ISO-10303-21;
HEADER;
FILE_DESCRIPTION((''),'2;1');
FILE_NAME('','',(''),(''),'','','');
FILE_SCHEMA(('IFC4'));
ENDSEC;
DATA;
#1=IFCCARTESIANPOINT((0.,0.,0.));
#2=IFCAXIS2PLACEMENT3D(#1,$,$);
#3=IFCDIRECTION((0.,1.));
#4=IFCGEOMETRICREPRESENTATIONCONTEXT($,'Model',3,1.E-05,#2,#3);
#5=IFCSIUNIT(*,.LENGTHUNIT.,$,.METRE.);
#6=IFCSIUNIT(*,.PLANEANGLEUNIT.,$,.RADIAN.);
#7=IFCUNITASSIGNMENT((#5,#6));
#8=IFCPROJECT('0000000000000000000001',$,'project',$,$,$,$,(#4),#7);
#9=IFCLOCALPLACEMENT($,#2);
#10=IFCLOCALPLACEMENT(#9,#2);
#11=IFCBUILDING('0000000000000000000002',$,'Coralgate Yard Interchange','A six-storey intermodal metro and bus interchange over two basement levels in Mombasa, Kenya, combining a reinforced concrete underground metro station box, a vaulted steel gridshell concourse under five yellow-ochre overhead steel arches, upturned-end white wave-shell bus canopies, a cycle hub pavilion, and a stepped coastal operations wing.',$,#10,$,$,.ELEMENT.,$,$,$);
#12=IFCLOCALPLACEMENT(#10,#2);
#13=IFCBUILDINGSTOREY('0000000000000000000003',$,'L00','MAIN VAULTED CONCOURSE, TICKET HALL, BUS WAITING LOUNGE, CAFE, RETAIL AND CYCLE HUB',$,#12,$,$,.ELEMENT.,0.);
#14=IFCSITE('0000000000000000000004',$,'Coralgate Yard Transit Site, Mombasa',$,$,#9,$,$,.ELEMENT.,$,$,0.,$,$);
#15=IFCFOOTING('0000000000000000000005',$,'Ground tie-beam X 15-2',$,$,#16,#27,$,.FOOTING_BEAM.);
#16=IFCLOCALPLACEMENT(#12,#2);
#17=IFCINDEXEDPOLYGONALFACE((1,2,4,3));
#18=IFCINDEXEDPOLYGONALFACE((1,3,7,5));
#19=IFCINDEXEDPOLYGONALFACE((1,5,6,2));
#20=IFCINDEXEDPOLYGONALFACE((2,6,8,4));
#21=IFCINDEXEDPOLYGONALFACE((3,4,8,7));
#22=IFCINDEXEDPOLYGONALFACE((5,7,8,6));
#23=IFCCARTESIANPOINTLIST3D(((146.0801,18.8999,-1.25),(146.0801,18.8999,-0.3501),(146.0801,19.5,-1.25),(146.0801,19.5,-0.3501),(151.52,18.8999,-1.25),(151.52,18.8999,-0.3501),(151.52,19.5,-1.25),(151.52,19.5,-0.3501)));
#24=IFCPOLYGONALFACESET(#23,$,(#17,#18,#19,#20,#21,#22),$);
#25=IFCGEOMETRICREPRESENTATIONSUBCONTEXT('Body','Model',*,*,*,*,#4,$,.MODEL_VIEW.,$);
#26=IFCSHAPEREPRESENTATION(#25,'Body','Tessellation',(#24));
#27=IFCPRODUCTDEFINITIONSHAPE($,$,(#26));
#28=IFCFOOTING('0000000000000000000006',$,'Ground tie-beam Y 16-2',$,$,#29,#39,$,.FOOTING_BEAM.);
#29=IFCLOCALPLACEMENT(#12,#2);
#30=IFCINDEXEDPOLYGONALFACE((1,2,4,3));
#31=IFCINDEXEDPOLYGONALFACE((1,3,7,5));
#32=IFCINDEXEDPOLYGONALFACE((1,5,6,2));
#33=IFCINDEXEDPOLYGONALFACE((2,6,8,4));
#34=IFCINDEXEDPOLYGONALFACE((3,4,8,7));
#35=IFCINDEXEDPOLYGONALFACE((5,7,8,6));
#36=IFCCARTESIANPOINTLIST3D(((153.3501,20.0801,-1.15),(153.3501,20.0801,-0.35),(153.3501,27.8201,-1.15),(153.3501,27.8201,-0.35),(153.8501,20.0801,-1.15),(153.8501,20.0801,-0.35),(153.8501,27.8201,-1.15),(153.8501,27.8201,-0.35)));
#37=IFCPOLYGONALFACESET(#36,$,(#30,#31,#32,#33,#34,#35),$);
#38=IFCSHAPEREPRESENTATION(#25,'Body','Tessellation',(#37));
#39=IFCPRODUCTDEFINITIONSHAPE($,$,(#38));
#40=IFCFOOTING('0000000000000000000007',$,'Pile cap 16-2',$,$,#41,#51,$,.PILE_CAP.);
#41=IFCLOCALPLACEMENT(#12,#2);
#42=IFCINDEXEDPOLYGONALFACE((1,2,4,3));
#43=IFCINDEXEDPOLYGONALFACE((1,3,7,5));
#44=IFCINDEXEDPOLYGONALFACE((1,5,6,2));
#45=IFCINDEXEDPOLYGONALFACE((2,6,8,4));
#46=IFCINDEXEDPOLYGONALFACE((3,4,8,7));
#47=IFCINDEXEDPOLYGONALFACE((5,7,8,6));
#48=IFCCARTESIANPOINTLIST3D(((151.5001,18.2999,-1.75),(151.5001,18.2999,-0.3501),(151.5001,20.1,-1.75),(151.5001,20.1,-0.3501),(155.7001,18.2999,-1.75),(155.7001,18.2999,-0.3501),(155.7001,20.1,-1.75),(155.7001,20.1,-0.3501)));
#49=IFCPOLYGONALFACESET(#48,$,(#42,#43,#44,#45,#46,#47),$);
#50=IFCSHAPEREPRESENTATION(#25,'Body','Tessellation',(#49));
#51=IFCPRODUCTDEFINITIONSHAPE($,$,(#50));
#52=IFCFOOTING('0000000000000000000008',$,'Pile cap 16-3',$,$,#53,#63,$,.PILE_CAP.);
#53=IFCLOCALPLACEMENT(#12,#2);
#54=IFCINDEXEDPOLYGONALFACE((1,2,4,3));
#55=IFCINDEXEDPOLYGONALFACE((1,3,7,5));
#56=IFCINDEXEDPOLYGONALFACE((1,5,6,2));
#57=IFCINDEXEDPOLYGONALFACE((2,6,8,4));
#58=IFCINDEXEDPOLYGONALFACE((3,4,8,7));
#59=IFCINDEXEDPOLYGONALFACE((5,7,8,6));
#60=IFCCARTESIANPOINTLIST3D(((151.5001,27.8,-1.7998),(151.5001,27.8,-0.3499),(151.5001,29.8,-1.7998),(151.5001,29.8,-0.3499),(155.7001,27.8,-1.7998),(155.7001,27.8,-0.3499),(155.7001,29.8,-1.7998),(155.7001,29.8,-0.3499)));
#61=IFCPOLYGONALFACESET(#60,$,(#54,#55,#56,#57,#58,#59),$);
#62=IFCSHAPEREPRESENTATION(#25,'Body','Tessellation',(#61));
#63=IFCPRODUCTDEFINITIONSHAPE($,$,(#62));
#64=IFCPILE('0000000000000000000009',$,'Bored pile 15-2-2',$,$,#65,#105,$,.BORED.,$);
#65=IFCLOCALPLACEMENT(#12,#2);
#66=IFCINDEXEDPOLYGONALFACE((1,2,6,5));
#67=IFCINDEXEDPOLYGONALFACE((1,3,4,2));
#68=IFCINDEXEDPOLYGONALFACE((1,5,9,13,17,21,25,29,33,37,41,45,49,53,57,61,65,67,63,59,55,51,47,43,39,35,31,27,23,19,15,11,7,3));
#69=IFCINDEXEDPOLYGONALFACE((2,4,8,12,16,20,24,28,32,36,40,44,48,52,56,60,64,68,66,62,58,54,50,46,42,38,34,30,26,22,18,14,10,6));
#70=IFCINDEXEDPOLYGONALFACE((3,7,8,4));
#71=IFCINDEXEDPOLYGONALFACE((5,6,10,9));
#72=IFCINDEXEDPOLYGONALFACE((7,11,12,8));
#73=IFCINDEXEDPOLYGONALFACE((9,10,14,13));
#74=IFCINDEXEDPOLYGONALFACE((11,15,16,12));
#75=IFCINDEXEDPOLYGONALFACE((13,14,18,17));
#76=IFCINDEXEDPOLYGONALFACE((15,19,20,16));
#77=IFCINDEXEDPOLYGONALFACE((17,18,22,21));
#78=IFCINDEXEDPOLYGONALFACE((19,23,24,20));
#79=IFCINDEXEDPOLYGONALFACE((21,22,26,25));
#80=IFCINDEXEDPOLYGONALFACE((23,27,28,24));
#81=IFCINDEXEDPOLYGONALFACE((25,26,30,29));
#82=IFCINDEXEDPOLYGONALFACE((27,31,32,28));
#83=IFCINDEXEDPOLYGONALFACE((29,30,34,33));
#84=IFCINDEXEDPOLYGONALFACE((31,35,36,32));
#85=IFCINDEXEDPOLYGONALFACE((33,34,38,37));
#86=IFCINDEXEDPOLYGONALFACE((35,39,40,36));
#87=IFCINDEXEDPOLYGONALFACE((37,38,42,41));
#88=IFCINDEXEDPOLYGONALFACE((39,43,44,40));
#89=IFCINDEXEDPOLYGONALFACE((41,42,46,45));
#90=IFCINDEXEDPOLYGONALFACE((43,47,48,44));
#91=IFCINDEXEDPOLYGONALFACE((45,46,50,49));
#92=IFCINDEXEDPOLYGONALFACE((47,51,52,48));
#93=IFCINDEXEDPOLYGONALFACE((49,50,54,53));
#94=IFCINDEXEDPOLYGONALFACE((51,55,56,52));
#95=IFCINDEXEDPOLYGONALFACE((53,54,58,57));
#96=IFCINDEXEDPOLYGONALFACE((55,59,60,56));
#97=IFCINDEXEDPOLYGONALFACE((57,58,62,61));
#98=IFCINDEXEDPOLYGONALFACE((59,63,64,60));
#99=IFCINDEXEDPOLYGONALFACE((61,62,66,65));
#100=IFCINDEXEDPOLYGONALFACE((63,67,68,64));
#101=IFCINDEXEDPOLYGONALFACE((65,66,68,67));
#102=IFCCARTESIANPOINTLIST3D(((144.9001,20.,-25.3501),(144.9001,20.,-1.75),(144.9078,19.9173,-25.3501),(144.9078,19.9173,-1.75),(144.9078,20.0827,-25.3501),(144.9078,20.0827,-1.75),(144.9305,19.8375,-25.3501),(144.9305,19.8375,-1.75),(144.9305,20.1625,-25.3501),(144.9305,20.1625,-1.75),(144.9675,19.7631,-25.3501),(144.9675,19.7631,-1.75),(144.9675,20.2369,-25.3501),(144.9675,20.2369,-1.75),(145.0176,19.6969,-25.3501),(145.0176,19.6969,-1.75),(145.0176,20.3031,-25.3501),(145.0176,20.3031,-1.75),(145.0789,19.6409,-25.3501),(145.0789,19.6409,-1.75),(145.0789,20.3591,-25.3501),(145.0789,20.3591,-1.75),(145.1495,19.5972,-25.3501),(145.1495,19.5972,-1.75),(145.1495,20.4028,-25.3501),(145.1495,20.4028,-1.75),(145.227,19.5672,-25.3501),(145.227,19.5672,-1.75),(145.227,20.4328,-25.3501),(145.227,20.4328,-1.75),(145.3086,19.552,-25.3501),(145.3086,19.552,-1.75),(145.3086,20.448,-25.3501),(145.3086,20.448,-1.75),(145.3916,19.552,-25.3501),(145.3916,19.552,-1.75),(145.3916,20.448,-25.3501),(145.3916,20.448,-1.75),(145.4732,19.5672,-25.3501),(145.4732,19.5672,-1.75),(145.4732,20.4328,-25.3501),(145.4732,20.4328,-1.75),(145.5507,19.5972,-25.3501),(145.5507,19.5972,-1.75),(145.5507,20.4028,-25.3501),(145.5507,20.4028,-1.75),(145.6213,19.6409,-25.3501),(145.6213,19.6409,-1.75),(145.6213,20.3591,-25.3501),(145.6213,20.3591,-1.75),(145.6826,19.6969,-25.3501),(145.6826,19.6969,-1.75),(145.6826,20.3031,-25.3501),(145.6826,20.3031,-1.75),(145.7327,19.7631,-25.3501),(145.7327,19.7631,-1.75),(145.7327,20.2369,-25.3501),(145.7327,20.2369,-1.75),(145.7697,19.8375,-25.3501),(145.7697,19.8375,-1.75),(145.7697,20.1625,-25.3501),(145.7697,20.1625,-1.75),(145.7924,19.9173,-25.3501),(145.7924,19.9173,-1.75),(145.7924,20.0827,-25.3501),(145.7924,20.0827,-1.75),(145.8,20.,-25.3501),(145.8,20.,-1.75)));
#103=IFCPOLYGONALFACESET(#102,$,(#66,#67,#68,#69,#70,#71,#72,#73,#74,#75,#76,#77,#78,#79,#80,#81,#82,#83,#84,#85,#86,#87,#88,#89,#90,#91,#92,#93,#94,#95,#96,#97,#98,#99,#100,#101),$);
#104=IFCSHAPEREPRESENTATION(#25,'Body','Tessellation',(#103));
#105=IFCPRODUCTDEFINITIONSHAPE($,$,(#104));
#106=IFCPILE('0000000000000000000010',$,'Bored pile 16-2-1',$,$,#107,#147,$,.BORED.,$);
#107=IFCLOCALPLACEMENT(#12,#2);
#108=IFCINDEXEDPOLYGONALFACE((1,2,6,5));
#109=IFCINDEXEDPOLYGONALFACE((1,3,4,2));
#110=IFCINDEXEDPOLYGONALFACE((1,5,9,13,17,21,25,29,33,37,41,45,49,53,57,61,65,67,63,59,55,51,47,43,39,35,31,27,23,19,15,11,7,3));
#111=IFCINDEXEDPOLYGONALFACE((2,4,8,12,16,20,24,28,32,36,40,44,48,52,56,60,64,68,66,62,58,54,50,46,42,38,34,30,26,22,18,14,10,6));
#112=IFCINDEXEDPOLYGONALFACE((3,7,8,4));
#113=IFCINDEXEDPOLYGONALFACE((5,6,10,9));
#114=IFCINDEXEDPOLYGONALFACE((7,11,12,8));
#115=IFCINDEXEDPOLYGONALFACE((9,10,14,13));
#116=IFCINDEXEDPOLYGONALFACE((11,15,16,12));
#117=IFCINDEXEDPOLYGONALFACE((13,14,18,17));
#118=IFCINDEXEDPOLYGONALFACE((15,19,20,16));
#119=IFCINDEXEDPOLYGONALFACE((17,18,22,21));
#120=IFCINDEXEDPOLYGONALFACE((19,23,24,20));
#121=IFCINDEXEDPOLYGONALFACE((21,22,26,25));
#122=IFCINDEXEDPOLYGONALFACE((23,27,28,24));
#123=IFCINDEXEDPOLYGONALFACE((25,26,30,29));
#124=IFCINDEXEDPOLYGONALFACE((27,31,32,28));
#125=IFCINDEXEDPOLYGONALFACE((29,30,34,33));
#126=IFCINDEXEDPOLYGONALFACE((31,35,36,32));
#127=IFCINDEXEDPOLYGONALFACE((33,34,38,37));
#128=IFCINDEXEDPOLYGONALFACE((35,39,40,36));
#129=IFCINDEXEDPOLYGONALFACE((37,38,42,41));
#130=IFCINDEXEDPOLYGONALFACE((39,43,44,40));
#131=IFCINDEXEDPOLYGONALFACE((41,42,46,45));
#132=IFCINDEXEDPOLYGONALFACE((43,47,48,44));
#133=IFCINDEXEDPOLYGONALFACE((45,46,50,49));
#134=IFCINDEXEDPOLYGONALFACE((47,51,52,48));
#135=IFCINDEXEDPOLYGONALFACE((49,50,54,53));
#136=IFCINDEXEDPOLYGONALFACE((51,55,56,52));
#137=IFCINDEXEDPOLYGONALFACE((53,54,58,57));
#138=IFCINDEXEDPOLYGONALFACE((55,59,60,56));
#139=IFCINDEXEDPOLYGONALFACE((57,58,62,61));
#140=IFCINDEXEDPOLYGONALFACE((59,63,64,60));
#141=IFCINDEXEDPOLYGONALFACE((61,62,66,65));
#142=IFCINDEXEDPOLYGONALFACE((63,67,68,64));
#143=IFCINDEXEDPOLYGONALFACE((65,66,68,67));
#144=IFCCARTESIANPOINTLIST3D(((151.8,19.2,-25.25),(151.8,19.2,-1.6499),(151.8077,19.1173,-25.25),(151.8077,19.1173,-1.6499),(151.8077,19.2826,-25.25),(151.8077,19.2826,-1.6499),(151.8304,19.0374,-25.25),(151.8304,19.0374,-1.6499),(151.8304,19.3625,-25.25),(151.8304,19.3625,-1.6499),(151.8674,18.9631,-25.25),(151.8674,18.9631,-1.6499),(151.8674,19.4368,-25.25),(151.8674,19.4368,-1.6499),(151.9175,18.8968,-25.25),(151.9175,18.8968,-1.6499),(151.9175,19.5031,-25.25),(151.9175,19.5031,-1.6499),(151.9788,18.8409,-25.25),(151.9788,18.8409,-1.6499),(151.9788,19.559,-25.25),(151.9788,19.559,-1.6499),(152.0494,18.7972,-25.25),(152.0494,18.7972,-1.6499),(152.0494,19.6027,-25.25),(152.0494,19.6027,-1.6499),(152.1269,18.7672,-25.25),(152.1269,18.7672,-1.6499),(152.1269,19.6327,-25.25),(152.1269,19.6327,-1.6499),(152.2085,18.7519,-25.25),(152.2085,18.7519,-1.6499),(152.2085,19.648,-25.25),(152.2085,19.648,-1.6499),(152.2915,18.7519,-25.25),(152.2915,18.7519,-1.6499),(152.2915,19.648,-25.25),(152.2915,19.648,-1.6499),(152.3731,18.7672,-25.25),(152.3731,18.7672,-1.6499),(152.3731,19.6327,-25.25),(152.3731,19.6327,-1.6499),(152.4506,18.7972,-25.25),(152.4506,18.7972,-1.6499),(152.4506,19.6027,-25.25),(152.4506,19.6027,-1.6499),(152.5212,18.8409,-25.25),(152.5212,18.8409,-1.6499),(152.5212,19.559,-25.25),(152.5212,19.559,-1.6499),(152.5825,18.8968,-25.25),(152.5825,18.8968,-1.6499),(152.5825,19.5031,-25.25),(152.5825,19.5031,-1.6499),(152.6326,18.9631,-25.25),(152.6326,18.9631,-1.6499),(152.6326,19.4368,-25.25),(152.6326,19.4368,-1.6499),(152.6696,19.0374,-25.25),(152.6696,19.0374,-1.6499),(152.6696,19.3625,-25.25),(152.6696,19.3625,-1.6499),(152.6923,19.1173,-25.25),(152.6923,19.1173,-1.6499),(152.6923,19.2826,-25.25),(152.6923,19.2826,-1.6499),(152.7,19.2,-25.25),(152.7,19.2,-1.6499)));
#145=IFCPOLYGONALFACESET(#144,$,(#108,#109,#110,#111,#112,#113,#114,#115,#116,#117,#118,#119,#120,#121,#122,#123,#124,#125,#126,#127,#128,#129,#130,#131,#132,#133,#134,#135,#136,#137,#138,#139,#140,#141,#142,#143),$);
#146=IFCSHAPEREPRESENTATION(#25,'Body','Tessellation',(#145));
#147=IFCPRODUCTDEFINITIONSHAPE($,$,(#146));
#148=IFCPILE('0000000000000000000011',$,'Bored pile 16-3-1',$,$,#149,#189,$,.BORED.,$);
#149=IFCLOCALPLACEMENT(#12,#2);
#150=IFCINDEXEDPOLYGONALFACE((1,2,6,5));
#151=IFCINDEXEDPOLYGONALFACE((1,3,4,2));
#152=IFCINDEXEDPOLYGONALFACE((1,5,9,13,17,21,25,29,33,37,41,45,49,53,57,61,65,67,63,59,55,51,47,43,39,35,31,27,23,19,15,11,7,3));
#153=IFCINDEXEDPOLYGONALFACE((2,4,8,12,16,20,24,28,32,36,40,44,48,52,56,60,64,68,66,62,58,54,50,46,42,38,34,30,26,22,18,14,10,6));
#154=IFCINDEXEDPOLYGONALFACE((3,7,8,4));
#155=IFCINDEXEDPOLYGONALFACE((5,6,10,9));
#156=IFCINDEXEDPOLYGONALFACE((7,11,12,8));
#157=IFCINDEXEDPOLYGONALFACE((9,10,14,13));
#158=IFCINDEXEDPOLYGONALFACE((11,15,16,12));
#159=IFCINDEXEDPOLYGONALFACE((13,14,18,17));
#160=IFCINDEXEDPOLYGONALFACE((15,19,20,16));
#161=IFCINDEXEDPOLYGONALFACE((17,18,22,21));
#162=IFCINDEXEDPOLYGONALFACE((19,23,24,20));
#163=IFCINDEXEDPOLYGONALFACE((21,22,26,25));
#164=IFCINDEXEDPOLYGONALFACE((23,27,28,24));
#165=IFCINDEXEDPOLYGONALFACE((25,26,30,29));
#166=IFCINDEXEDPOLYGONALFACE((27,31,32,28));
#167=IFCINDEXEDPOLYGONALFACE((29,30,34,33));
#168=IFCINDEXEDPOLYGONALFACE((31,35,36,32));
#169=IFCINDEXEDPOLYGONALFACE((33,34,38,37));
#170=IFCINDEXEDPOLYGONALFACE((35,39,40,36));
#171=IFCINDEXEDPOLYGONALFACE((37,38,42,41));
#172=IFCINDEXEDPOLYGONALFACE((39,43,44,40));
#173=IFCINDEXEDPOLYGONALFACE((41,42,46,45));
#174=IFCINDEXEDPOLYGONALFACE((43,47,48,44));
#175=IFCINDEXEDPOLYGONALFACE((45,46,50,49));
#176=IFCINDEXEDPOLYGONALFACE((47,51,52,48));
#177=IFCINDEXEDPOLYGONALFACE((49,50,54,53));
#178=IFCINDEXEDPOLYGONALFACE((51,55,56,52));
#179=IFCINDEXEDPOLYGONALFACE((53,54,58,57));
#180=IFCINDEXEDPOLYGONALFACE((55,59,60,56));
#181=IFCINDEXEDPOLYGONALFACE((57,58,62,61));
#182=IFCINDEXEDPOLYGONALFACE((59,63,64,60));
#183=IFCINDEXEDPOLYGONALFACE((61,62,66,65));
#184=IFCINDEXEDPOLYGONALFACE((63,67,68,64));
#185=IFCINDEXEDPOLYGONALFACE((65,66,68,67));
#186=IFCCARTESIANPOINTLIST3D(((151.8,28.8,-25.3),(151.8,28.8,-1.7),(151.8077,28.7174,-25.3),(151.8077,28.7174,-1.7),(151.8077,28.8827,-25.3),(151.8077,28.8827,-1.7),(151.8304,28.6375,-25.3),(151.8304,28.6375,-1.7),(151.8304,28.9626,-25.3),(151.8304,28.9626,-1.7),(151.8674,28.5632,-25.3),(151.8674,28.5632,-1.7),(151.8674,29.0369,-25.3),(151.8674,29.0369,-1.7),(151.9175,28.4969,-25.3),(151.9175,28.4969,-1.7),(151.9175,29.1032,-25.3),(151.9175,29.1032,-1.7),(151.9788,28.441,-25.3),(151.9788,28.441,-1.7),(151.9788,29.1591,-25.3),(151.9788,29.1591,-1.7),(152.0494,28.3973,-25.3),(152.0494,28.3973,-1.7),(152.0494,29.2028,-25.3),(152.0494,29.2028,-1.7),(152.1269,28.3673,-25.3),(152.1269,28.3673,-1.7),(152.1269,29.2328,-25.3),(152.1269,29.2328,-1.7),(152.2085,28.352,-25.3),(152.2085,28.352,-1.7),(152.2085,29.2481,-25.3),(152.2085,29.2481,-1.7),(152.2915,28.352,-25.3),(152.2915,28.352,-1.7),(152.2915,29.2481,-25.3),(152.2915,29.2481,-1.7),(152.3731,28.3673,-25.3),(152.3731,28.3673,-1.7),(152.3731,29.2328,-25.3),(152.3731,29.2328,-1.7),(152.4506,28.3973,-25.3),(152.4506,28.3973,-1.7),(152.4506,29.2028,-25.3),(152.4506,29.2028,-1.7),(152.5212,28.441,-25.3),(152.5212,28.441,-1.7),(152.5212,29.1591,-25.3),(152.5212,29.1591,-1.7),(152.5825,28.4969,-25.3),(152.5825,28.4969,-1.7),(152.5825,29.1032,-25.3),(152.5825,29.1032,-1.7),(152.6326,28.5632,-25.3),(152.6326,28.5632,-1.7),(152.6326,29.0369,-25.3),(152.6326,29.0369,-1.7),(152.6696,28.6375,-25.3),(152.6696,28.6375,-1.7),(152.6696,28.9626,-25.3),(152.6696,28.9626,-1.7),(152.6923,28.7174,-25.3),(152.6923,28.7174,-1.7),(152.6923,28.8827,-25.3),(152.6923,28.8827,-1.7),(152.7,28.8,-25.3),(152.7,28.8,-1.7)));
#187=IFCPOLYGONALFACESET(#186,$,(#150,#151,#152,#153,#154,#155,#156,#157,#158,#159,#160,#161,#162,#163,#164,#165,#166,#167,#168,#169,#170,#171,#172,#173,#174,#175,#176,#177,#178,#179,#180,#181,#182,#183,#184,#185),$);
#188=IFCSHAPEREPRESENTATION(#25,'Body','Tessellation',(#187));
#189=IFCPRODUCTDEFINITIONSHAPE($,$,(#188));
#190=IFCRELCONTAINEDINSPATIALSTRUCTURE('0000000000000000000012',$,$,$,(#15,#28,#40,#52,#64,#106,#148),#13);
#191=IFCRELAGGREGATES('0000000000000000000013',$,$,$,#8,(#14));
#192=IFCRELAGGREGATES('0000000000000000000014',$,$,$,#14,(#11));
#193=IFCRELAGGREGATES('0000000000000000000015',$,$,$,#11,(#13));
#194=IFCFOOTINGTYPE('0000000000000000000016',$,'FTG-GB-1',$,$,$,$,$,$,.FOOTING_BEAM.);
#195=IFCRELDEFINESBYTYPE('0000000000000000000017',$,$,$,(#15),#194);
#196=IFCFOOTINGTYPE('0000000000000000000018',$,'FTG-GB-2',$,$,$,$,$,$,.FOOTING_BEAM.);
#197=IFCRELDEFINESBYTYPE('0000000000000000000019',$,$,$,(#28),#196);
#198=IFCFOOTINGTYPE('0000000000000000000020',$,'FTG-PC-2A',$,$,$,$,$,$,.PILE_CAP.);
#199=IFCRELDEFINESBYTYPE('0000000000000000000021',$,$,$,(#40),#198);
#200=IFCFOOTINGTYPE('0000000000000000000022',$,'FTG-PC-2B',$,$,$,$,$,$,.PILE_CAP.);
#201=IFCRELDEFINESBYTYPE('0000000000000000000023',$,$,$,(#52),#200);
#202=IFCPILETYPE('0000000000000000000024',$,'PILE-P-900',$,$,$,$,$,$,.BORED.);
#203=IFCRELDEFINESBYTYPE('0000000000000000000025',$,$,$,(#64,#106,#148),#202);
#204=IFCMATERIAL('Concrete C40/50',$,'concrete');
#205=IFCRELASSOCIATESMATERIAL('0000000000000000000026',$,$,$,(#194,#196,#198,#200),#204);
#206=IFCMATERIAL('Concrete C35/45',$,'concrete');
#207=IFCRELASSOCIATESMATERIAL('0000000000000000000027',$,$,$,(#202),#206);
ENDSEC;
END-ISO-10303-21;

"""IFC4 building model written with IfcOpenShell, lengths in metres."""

from ifc_helpers import new_model, si_unit, direction, frame, origin, origin_2d, place, context, subcontext, project, spatial, rectangle, circle, extrude, material, material_profile, profile_set, type_object, element, save


model = new_model("IFC4")

# Units and contexts
model_context = context("Model", 3, precision=1e-05, world=origin(), true_north=direction((0.0, 1.0)))
body_context = subcontext(model_context, "Body", "Model", "MODEL_VIEW")
ifc_project = project(units=[si_unit("LENGTHUNIT", "METRE"), si_unit("PLANEANGLEUNIT", "RADIAN")], contexts=[model_context])

# Site, building, storey
site_placement = place(None, origin())
site = spatial("IfcSite", under=ifc_project, at=site_placement, Name="Coralgate Yard Transit Site, Mombasa", CompositionType="ELEMENT", RefElevation=0.0)
building_placement = place(site_placement, origin())
building = spatial("IfcBuilding", under=site, at=building_placement, Name="Coralgate Yard Interchange", Description="A six-storey intermodal metro and bus interchange over two basement levels in Mombasa, Kenya, combining a reinforced concrete underground metro station box, a vaulted steel gridshell concourse under five yellow-ochre overhead steel arches, upturned-end white wave-shell bus canopies, a cycle hub pavilion, and a stepped coastal operations wing.", CompositionType="ELEMENT")
storey_placement = place(building_placement, origin())
storey = spatial("IfcBuildingStorey", under=building, at=storey_placement, Name="L00", Description="MAIN VAULTED CONCOURSE, TICKET HALL, BUS WAITING LOUNGE, CAFE, RETAIL AND CYCLE HUB", CompositionType="ELEMENT", Elevation=0.0)

# Footings
ifc_material_1 = material(Name="Concrete C40/50", Category="concrete")
ifc_material_profile_1 = material_profile(ifc_material_1, rectangle(XDim=0.6001, YDim=0.8999, at=origin_2d()), Name="RC 600x900")
ifc_profile_set_1 = profile_set([ifc_material_profile_1], Name="Concrete C40/50")
footing_type_1 = type_object("IfcFootingType", Name="FTG-GB-1", PredefinedType="FOOTING_BEAM", material=ifc_profile_set_1)
footing_1_placement = place(storey_placement, frame((146.0801, 19.2, -0.8), z_axis=(1.0, 0.0, 0.0), x_axis=(0.0, 1.0, 0.0)))
element("IfcFooting", 1, at=footing_1_placement, inside=storey, type_object=footing_type_1, Name="Ground tie-beam X 15-2", PredefinedType="FOOTING_BEAM", context=body_context, shape_type="SweptSolid", body=[
    extrude(rectangle(XDim=0.6001, YDim=0.8999, at=origin_2d()), origin(), (0.0, 0.0, 1.0), 5.4399),
])
ifc_material_profile_2 = material_profile(ifc_material_1, rectangle(XDim=0.5, YDim=0.8, at=origin_2d()), Name="RC 500x800")
ifc_profile_set_2 = profile_set([ifc_material_profile_2], Name="Concrete C40/50")
footing_type_2 = type_object("IfcFootingType", Name="FTG-GB-2", PredefinedType="FOOTING_BEAM", material=ifc_profile_set_2)
footing_2_placement = place(storey_placement, frame((153.6001, 20.0801, -0.75), z_axis=(0.0, 1.0, 0.0), x_axis=(-1.0, 0.0, 0.0)))
element("IfcFooting", 2, at=footing_2_placement, inside=storey, type_object=footing_type_2, Name="Ground tie-beam Y 16-2", PredefinedType="FOOTING_BEAM", context=body_context, shape_type="SweptSolid", body=[
    extrude(rectangle(XDim=0.5, YDim=0.8, at=origin_2d()), origin(), (0.0, 0.0, 1.0), 7.74),
])
footing_type_3 = type_object("IfcFootingType", Name="FTG-PC-2A", PredefinedType="PILE_CAP", material=ifc_material_1)
footing_3_placement = place(storey_placement, frame((153.6001, 19.2, -1.75), z_axis=(0.0, 0.0, 1.0), x_axis=(1.0, 0.0, 0.0)))
element("IfcFooting", 3, at=footing_3_placement, inside=storey, type_object=footing_type_3, Name="Pile cap 16-2", PredefinedType="PILE_CAP", context=body_context, shape_type="SweptSolid", body=[
    extrude(rectangle(XDim=4.2, YDim=1.8, at=origin_2d()), origin(), (0.0, 0.0, 1.0), 1.3999),
])
footing_type_4 = type_object("IfcFootingType", Name="FTG-PC-2B", PredefinedType="PILE_CAP", material=ifc_material_1)
footing_4_placement = place(storey_placement, frame((153.6001, 28.8, -1.7998), z_axis=(0.0, 0.0, 1.0), x_axis=(1.0, 0.0, 0.0)))
element("IfcFooting", 4, at=footing_4_placement, inside=storey, type_object=footing_type_4, Name="Pile cap 16-3", PredefinedType="PILE_CAP", context=body_context, shape_type="SweptSolid", body=[
    extrude(rectangle(XDim=4.2, YDim=2.0, at=origin_2d()), origin(), (0.0, 0.0, 1.0), 1.45),
])

# Piles
ifc_material_2 = material(Name="Concrete C35/45", Category="concrete")
ifc_material_profile_3 = material_profile(ifc_material_2, circle(Radius=0.45, at=origin_2d()), Name="BORED PILE D900")
ifc_profile_set_3 = profile_set([ifc_material_profile_3], Name="Concrete C35/45")
pile_type = type_object("IfcPileType", Name="PILE-P-900", PredefinedType="BORED", material=ifc_profile_set_3)
for number, where, z_axis, x_axis, name in (
    (5, (145.3501, 20.0, -1.75), (0.0, 0.0, -1.0), (1.0, 0.0, 0.0), "Bored pile 15-2-2"),
    (6, (152.25, 19.2, -1.6499), (0.0, 0.0, -1.0), (1.0, 0.0, 0.0), "Bored pile 16-2-1"),
    (7, (152.25, 28.8, -1.7), (0.0, 0.0, -1.0), (1.0, 0.0, 0.0), "Bored pile 16-3-1"),
):
    element("IfcPile", number, at=place(storey_placement, frame(where, z_axis=z_axis, x_axis=x_axis)), inside=storey, type_object=pile_type, Name=name, PredefinedType="BORED", context=body_context, shape_type="SweptSolid", body=[
        extrude(circle(Radius=0.45, at=origin_2d()), origin(), (0.0, 0.0, 1.0), 23.6001),
    ])

save(model, "model.ifc")
